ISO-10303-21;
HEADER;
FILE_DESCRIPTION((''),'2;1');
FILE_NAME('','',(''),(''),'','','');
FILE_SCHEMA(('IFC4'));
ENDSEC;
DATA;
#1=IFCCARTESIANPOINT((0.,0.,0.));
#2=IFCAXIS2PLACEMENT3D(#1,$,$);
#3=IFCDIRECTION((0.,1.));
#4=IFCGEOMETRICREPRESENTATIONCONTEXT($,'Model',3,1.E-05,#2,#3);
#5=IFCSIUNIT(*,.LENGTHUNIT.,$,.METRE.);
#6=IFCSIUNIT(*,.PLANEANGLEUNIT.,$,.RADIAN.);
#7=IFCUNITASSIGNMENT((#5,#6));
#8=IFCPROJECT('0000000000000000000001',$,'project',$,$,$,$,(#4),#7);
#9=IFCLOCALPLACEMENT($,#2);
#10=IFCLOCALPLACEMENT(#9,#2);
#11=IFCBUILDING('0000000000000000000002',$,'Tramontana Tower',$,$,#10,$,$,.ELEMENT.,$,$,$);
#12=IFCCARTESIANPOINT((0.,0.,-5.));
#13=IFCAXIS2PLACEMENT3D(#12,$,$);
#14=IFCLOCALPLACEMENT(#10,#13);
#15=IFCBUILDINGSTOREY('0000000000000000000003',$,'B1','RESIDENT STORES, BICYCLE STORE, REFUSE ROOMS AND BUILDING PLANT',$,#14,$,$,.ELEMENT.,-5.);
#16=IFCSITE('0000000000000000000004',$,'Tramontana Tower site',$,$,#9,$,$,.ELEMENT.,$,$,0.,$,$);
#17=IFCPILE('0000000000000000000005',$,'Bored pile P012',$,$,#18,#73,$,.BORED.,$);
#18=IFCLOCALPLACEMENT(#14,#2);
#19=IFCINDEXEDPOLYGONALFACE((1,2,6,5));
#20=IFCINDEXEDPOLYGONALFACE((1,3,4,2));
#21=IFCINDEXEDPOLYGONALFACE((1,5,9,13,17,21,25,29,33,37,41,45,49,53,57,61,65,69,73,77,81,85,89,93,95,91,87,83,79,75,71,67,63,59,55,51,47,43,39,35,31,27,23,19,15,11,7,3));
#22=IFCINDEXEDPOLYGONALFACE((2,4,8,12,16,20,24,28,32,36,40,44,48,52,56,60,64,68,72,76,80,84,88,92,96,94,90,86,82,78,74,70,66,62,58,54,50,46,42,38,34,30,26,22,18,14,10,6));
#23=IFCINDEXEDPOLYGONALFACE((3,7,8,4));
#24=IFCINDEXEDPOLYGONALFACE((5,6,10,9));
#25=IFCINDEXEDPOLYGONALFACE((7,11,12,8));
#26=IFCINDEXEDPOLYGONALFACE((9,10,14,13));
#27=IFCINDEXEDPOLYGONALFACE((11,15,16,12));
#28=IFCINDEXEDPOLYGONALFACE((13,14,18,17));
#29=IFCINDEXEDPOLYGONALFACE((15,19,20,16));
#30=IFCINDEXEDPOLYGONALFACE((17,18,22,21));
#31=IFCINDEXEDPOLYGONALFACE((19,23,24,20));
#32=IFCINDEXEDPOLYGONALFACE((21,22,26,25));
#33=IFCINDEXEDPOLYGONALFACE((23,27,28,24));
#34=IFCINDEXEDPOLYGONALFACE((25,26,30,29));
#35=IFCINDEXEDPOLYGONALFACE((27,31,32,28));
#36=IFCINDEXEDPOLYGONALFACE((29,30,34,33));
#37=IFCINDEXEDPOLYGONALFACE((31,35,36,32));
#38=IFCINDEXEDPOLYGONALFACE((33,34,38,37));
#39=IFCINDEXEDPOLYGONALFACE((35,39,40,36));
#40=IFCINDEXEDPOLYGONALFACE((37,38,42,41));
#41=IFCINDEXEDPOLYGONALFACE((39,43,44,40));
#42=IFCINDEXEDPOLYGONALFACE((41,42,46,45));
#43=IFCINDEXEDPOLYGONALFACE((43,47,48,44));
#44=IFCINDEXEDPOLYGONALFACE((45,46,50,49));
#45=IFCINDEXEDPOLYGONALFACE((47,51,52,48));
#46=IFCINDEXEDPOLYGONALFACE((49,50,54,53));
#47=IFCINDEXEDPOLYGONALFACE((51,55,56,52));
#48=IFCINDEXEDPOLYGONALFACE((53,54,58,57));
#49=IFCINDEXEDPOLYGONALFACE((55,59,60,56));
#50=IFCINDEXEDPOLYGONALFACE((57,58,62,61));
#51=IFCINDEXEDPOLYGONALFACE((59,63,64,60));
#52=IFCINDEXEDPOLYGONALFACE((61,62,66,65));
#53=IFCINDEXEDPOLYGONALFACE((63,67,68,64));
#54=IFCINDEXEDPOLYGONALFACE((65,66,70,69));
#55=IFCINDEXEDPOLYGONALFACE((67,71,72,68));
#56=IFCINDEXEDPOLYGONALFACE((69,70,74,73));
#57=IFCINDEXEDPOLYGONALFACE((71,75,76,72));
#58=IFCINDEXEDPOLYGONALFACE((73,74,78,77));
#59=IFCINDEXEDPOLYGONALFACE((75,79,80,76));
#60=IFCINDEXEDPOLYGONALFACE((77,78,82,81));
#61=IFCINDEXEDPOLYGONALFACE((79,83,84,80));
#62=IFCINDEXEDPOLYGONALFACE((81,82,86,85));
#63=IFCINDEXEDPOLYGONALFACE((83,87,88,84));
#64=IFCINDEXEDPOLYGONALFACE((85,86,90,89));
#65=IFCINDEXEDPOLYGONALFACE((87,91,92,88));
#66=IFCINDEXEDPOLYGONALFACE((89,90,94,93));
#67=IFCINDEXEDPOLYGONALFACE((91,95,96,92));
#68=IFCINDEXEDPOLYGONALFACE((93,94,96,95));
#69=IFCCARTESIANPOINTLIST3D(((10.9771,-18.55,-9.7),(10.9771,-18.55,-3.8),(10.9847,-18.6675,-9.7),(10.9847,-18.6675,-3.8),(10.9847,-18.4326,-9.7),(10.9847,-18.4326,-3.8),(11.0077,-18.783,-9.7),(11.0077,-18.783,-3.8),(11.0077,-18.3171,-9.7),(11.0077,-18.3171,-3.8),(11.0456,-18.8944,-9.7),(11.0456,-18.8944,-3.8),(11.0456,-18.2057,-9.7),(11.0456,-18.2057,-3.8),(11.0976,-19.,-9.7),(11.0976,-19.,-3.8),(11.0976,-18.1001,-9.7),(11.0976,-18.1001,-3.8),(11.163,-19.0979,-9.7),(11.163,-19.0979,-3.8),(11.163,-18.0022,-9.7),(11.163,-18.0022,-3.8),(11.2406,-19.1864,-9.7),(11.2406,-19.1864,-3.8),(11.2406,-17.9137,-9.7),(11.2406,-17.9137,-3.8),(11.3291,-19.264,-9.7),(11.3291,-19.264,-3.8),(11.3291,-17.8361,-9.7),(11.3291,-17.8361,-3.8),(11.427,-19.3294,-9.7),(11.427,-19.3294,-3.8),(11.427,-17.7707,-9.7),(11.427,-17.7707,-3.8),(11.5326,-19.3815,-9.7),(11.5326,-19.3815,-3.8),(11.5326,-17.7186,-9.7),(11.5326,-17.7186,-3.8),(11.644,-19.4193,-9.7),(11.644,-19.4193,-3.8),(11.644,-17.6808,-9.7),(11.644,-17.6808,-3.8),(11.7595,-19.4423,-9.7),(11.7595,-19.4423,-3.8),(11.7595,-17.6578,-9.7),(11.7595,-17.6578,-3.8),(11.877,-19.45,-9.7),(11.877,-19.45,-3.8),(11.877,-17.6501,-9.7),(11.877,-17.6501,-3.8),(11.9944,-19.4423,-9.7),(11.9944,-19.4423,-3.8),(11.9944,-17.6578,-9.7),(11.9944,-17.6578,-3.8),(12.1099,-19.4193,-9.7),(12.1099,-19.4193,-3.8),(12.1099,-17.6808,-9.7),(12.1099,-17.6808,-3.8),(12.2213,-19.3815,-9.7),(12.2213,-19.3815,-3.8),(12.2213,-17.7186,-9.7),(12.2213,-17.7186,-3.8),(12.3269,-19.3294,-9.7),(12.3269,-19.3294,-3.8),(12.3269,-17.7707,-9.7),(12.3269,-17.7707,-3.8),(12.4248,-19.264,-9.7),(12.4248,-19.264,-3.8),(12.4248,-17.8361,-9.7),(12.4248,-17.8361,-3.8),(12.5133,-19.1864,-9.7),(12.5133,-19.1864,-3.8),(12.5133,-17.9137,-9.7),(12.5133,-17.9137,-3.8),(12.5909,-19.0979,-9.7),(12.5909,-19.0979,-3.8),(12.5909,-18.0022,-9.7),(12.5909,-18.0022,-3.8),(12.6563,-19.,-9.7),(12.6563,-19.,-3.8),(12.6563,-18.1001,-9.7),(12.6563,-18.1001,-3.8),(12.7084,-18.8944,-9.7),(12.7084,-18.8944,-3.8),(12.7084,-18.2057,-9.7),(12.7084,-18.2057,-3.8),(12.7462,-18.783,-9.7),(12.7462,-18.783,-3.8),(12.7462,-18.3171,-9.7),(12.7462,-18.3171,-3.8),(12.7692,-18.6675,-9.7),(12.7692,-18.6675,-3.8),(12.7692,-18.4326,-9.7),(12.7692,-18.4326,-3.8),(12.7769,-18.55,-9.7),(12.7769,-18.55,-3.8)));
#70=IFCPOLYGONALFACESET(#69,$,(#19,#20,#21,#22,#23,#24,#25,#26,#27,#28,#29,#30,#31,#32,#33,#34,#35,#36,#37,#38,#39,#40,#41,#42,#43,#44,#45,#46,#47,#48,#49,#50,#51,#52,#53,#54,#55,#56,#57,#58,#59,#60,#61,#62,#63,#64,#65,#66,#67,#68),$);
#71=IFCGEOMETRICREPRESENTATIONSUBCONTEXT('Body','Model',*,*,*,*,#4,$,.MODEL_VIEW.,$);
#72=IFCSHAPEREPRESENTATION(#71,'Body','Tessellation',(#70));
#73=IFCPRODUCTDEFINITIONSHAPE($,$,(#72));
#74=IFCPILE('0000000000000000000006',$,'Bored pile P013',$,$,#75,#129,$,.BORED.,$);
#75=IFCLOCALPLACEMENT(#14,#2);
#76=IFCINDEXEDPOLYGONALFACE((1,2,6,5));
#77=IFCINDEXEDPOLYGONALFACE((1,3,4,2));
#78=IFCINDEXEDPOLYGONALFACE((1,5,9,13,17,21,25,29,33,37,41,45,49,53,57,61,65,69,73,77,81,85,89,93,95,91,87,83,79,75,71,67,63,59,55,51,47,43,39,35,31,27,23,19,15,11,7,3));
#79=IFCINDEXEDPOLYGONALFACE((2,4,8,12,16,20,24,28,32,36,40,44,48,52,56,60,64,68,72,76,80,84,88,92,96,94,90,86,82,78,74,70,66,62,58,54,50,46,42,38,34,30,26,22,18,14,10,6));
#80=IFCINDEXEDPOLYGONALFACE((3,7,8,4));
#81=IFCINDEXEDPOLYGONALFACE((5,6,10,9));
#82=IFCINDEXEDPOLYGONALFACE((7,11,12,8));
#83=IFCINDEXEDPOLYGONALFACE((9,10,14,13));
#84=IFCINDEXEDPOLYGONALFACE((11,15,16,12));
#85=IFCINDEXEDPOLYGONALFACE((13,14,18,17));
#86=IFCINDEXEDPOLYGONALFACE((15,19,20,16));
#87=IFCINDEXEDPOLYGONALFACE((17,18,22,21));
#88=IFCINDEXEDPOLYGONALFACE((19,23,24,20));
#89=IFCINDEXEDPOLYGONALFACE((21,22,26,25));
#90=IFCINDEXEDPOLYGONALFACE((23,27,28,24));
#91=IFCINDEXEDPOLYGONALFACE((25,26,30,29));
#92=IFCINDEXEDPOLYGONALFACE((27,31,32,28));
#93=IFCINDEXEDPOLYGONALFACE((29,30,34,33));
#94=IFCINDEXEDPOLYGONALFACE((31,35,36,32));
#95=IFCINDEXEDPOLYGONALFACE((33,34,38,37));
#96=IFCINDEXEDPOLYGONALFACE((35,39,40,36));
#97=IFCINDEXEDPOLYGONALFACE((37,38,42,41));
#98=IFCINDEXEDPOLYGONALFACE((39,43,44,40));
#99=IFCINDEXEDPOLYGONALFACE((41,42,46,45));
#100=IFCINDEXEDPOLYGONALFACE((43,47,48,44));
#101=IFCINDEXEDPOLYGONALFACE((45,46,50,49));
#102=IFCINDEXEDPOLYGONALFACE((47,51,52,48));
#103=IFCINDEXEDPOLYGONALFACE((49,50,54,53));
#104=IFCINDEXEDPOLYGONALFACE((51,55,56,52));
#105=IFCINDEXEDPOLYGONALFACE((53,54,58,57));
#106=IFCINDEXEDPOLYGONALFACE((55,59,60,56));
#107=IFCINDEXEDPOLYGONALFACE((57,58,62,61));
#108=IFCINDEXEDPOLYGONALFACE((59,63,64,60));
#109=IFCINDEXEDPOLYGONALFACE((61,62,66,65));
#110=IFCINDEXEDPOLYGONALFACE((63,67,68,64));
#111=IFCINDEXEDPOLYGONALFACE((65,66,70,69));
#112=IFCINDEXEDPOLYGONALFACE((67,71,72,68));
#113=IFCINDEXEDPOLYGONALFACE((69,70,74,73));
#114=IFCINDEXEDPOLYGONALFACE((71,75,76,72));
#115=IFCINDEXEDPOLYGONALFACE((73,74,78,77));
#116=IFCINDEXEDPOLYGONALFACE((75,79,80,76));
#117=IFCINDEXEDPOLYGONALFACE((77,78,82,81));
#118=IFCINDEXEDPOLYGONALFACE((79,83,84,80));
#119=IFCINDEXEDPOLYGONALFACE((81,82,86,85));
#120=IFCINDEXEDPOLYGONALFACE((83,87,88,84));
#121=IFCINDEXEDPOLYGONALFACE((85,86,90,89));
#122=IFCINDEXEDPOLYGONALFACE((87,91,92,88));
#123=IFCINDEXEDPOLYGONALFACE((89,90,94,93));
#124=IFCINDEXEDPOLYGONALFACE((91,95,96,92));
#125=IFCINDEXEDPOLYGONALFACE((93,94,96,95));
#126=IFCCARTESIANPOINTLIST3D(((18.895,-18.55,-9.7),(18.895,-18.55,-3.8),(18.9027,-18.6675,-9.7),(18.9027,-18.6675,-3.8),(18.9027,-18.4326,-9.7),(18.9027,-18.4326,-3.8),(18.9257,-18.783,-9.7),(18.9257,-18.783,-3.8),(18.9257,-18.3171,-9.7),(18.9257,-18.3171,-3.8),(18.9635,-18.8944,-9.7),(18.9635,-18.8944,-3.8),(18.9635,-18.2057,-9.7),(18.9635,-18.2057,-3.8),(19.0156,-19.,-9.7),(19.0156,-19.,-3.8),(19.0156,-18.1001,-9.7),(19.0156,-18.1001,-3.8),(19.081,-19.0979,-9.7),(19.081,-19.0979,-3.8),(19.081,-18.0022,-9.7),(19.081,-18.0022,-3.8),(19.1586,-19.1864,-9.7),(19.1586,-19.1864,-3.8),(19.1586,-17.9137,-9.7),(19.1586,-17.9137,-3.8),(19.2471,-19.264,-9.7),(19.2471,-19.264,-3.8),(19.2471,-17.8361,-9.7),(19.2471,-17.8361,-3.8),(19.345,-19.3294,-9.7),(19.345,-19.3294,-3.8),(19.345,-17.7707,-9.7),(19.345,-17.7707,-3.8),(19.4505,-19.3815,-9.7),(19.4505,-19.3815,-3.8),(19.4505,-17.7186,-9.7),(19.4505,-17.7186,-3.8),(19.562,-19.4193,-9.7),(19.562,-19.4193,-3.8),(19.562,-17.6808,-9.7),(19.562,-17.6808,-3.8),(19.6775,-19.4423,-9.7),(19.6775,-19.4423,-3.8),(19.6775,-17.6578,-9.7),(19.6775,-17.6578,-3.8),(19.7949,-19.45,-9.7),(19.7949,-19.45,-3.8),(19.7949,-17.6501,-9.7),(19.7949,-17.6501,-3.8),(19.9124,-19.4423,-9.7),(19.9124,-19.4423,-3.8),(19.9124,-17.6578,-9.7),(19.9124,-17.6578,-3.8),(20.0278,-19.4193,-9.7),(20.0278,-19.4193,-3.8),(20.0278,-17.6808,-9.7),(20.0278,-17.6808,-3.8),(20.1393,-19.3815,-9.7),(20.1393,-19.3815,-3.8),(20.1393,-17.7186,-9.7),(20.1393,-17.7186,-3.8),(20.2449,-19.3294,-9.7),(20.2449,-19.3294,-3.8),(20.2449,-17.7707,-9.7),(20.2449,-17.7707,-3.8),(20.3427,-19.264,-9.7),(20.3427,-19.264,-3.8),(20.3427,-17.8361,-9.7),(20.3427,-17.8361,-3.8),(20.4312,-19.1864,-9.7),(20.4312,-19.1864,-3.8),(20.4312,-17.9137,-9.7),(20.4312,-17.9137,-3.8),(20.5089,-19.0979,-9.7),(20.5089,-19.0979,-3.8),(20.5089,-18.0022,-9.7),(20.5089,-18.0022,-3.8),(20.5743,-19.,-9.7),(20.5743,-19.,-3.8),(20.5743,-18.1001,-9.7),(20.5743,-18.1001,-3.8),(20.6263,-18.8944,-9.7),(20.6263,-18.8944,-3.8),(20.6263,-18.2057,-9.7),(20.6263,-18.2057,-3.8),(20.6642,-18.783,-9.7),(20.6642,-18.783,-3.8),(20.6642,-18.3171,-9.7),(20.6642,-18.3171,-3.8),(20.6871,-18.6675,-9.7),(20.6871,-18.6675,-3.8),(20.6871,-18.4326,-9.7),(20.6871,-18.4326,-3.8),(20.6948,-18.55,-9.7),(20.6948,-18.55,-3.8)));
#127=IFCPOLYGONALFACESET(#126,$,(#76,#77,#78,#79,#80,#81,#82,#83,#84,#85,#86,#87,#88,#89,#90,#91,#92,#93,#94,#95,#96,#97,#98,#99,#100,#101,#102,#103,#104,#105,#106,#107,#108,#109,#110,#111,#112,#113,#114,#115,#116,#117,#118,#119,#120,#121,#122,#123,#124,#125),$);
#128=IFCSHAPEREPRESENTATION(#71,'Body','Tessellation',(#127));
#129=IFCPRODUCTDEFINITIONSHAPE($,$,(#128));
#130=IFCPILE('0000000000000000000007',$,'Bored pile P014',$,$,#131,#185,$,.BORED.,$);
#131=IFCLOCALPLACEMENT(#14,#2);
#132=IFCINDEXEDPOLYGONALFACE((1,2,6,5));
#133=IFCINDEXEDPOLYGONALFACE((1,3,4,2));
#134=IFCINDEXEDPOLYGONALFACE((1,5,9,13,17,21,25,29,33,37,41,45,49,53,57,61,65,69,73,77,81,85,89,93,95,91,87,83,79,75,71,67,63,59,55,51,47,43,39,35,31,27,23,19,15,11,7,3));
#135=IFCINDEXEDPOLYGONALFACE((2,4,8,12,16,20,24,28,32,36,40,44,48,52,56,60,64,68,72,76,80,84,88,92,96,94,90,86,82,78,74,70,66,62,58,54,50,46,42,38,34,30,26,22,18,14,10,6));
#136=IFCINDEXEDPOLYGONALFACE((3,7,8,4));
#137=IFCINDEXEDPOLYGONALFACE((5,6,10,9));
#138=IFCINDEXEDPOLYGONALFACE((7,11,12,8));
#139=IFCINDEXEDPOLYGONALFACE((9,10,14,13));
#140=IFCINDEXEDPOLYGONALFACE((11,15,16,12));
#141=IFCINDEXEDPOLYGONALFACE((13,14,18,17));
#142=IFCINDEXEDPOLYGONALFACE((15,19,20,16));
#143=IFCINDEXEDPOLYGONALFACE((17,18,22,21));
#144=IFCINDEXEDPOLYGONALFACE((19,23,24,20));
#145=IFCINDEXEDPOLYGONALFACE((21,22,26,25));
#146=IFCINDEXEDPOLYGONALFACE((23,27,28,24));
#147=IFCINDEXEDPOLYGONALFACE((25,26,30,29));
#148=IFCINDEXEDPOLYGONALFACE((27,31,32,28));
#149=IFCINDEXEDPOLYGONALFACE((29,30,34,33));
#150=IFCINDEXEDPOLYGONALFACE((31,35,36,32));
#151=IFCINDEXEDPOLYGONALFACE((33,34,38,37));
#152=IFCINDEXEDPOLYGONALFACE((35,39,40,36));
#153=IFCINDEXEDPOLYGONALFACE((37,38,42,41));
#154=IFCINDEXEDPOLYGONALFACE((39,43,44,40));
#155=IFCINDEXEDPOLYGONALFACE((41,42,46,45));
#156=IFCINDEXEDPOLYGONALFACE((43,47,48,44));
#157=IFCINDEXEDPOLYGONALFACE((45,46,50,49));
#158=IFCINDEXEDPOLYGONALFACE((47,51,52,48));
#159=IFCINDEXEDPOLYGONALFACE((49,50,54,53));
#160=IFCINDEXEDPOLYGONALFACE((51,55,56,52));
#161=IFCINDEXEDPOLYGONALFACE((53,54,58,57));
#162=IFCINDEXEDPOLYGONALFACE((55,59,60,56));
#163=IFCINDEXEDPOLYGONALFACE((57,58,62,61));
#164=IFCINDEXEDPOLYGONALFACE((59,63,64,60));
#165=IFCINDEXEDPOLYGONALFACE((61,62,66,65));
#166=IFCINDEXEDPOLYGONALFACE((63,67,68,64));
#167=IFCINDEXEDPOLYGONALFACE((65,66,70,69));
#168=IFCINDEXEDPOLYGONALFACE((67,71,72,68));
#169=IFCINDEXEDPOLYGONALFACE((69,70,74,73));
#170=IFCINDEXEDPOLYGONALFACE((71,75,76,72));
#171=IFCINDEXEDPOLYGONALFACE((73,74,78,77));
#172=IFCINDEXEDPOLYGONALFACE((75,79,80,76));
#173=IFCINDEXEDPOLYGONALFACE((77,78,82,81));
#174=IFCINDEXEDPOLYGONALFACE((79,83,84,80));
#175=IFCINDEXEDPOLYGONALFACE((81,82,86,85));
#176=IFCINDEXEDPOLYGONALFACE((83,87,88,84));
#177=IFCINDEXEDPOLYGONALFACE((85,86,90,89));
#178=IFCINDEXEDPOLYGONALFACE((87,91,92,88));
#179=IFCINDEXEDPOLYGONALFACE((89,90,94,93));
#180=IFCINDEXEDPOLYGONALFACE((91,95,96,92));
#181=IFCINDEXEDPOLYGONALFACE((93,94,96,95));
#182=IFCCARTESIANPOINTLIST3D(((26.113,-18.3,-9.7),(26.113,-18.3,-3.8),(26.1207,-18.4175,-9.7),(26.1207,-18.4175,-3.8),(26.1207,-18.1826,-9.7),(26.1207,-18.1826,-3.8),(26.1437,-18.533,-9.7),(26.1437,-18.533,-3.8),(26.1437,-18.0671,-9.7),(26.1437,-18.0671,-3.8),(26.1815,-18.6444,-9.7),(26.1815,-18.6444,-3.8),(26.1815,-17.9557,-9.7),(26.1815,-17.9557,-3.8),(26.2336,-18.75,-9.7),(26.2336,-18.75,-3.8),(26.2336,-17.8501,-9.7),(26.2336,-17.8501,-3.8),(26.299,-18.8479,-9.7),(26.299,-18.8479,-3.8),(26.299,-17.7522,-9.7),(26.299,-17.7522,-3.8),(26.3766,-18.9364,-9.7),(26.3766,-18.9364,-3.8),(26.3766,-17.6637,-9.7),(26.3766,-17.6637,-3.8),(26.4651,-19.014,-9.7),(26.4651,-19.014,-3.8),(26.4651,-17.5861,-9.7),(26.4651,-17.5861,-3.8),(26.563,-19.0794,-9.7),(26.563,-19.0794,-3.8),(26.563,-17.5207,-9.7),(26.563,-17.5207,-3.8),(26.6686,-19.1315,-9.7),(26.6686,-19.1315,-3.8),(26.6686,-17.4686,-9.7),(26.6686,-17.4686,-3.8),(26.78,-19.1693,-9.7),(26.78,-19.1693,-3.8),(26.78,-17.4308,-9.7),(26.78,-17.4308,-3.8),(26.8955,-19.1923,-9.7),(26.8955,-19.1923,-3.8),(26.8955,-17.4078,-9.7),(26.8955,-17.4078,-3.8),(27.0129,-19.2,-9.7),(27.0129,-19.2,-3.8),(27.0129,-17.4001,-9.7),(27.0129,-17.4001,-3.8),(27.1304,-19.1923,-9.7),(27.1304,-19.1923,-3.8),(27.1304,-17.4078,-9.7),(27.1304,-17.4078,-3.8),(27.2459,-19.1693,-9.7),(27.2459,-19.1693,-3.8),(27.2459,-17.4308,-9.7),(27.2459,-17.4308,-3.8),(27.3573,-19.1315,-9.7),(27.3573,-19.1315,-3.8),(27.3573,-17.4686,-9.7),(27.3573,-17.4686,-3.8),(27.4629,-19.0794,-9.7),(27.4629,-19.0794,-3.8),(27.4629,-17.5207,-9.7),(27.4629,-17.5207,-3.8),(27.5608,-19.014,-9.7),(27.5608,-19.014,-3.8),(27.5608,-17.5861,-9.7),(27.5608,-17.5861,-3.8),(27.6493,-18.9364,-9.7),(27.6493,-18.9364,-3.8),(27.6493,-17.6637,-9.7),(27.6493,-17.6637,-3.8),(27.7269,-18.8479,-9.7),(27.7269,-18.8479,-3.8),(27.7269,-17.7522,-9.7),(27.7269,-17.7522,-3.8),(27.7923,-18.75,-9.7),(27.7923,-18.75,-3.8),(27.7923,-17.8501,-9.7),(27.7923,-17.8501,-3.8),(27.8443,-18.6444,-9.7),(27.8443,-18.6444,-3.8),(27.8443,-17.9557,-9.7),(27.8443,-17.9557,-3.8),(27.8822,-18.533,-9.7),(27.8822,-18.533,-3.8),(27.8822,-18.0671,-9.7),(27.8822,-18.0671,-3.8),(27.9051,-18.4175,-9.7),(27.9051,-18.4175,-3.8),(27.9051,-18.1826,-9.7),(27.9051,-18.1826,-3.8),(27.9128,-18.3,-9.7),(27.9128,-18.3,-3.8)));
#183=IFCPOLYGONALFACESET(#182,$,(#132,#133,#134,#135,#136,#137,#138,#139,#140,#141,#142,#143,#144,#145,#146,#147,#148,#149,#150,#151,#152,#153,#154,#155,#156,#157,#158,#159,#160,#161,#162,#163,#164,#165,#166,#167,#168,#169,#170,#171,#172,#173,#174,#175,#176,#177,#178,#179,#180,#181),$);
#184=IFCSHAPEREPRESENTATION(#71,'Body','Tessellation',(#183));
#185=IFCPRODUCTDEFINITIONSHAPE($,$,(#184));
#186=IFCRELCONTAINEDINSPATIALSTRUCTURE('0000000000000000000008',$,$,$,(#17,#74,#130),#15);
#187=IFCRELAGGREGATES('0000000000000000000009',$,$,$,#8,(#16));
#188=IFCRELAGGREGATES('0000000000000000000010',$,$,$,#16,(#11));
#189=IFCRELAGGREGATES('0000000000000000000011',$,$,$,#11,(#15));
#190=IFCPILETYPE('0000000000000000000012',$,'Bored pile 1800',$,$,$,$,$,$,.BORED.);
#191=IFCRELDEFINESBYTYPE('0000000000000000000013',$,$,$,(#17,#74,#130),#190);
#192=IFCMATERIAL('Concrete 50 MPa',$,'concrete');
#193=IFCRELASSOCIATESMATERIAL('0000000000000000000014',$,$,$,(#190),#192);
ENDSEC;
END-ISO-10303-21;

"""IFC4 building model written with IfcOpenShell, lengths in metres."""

from ifc_helpers import new_model, si_unit, direction, frame, origin, origin_2d, place, context, subcontext, project, spatial, circle, extrude, material, material_profile, profile_set, type_object, element, save


model = new_model("IFC4")

# Units and contexts
model_context = context("Model", 3, precision=1e-05, world=origin(), true_north=direction((0.0, 1.0)))
body_context = subcontext(model_context, "Body", "Model", "MODEL_VIEW")
ifc_project = project(units=[si_unit("LENGTHUNIT", "METRE"), si_unit("PLANEANGLEUNIT", "RADIAN")], contexts=[model_context])

# Site, building, storey
site_placement = place(None, origin())
site = spatial("IfcSite", under=ifc_project, at=site_placement, Name="Tramontana Tower site", CompositionType="ELEMENT", RefElevation=0.0)
building_placement = place(site_placement, origin())
building = spatial("IfcBuilding", under=site, at=building_placement, Name="Tramontana Tower", CompositionType="ELEMENT")
storey_placement = place(building_placement, frame((0.0, 0.0, -5.0)))
storey = spatial("IfcBuildingStorey", under=building, at=storey_placement, Name="B1", Description="RESIDENT STORES, BICYCLE STORE, REFUSE ROOMS AND BUILDING PLANT", CompositionType="ELEMENT", Elevation=-5.0)

# Piles
ifc_material_1 = material(Name="Concrete 50 MPa", Category="concrete")
ifc_material_profile_1 = material_profile(ifc_material_1, circle(Radius=0.8999, at=origin_2d()), Name="Bored pile 1800")
ifc_profile_set_1 = profile_set([ifc_material_profile_1], Name="Concrete 50 MPa")
pile_type = type_object("IfcPileType", Name="Bored pile 1800", PredefinedType="BORED", material=ifc_profile_set_1)
for number, where, z_axis, x_axis, name in (
    (1, (11.877, -18.55, -3.8), (0.0, 0.0, -1.0), (1.0, 0.0, 0.0), "Bored pile P012"),
    (2, (19.7949, -18.55, -3.8), (0.0, 0.0, -1.0), (1.0, 0.0, 0.0), "Bored pile P013"),
    (3, (27.0129, -18.3, -3.8), (0.0, 0.0, -1.0), (1.0, 0.0, 0.0), "Bored pile P014"),
):
    element("IfcPile", number, at=place(storey_placement, frame(where, z_axis=z_axis, x_axis=x_axis)), inside=storey, type_object=pile_type, Name=name, PredefinedType="BORED", context=body_context, shape_type="SweptSolid", body=[
        extrude(circle(Radius=0.8999, at=origin_2d()), origin(), (0.0, 0.0, 1.0), 5.8999),
    ])

save(model, "model.ifc")
